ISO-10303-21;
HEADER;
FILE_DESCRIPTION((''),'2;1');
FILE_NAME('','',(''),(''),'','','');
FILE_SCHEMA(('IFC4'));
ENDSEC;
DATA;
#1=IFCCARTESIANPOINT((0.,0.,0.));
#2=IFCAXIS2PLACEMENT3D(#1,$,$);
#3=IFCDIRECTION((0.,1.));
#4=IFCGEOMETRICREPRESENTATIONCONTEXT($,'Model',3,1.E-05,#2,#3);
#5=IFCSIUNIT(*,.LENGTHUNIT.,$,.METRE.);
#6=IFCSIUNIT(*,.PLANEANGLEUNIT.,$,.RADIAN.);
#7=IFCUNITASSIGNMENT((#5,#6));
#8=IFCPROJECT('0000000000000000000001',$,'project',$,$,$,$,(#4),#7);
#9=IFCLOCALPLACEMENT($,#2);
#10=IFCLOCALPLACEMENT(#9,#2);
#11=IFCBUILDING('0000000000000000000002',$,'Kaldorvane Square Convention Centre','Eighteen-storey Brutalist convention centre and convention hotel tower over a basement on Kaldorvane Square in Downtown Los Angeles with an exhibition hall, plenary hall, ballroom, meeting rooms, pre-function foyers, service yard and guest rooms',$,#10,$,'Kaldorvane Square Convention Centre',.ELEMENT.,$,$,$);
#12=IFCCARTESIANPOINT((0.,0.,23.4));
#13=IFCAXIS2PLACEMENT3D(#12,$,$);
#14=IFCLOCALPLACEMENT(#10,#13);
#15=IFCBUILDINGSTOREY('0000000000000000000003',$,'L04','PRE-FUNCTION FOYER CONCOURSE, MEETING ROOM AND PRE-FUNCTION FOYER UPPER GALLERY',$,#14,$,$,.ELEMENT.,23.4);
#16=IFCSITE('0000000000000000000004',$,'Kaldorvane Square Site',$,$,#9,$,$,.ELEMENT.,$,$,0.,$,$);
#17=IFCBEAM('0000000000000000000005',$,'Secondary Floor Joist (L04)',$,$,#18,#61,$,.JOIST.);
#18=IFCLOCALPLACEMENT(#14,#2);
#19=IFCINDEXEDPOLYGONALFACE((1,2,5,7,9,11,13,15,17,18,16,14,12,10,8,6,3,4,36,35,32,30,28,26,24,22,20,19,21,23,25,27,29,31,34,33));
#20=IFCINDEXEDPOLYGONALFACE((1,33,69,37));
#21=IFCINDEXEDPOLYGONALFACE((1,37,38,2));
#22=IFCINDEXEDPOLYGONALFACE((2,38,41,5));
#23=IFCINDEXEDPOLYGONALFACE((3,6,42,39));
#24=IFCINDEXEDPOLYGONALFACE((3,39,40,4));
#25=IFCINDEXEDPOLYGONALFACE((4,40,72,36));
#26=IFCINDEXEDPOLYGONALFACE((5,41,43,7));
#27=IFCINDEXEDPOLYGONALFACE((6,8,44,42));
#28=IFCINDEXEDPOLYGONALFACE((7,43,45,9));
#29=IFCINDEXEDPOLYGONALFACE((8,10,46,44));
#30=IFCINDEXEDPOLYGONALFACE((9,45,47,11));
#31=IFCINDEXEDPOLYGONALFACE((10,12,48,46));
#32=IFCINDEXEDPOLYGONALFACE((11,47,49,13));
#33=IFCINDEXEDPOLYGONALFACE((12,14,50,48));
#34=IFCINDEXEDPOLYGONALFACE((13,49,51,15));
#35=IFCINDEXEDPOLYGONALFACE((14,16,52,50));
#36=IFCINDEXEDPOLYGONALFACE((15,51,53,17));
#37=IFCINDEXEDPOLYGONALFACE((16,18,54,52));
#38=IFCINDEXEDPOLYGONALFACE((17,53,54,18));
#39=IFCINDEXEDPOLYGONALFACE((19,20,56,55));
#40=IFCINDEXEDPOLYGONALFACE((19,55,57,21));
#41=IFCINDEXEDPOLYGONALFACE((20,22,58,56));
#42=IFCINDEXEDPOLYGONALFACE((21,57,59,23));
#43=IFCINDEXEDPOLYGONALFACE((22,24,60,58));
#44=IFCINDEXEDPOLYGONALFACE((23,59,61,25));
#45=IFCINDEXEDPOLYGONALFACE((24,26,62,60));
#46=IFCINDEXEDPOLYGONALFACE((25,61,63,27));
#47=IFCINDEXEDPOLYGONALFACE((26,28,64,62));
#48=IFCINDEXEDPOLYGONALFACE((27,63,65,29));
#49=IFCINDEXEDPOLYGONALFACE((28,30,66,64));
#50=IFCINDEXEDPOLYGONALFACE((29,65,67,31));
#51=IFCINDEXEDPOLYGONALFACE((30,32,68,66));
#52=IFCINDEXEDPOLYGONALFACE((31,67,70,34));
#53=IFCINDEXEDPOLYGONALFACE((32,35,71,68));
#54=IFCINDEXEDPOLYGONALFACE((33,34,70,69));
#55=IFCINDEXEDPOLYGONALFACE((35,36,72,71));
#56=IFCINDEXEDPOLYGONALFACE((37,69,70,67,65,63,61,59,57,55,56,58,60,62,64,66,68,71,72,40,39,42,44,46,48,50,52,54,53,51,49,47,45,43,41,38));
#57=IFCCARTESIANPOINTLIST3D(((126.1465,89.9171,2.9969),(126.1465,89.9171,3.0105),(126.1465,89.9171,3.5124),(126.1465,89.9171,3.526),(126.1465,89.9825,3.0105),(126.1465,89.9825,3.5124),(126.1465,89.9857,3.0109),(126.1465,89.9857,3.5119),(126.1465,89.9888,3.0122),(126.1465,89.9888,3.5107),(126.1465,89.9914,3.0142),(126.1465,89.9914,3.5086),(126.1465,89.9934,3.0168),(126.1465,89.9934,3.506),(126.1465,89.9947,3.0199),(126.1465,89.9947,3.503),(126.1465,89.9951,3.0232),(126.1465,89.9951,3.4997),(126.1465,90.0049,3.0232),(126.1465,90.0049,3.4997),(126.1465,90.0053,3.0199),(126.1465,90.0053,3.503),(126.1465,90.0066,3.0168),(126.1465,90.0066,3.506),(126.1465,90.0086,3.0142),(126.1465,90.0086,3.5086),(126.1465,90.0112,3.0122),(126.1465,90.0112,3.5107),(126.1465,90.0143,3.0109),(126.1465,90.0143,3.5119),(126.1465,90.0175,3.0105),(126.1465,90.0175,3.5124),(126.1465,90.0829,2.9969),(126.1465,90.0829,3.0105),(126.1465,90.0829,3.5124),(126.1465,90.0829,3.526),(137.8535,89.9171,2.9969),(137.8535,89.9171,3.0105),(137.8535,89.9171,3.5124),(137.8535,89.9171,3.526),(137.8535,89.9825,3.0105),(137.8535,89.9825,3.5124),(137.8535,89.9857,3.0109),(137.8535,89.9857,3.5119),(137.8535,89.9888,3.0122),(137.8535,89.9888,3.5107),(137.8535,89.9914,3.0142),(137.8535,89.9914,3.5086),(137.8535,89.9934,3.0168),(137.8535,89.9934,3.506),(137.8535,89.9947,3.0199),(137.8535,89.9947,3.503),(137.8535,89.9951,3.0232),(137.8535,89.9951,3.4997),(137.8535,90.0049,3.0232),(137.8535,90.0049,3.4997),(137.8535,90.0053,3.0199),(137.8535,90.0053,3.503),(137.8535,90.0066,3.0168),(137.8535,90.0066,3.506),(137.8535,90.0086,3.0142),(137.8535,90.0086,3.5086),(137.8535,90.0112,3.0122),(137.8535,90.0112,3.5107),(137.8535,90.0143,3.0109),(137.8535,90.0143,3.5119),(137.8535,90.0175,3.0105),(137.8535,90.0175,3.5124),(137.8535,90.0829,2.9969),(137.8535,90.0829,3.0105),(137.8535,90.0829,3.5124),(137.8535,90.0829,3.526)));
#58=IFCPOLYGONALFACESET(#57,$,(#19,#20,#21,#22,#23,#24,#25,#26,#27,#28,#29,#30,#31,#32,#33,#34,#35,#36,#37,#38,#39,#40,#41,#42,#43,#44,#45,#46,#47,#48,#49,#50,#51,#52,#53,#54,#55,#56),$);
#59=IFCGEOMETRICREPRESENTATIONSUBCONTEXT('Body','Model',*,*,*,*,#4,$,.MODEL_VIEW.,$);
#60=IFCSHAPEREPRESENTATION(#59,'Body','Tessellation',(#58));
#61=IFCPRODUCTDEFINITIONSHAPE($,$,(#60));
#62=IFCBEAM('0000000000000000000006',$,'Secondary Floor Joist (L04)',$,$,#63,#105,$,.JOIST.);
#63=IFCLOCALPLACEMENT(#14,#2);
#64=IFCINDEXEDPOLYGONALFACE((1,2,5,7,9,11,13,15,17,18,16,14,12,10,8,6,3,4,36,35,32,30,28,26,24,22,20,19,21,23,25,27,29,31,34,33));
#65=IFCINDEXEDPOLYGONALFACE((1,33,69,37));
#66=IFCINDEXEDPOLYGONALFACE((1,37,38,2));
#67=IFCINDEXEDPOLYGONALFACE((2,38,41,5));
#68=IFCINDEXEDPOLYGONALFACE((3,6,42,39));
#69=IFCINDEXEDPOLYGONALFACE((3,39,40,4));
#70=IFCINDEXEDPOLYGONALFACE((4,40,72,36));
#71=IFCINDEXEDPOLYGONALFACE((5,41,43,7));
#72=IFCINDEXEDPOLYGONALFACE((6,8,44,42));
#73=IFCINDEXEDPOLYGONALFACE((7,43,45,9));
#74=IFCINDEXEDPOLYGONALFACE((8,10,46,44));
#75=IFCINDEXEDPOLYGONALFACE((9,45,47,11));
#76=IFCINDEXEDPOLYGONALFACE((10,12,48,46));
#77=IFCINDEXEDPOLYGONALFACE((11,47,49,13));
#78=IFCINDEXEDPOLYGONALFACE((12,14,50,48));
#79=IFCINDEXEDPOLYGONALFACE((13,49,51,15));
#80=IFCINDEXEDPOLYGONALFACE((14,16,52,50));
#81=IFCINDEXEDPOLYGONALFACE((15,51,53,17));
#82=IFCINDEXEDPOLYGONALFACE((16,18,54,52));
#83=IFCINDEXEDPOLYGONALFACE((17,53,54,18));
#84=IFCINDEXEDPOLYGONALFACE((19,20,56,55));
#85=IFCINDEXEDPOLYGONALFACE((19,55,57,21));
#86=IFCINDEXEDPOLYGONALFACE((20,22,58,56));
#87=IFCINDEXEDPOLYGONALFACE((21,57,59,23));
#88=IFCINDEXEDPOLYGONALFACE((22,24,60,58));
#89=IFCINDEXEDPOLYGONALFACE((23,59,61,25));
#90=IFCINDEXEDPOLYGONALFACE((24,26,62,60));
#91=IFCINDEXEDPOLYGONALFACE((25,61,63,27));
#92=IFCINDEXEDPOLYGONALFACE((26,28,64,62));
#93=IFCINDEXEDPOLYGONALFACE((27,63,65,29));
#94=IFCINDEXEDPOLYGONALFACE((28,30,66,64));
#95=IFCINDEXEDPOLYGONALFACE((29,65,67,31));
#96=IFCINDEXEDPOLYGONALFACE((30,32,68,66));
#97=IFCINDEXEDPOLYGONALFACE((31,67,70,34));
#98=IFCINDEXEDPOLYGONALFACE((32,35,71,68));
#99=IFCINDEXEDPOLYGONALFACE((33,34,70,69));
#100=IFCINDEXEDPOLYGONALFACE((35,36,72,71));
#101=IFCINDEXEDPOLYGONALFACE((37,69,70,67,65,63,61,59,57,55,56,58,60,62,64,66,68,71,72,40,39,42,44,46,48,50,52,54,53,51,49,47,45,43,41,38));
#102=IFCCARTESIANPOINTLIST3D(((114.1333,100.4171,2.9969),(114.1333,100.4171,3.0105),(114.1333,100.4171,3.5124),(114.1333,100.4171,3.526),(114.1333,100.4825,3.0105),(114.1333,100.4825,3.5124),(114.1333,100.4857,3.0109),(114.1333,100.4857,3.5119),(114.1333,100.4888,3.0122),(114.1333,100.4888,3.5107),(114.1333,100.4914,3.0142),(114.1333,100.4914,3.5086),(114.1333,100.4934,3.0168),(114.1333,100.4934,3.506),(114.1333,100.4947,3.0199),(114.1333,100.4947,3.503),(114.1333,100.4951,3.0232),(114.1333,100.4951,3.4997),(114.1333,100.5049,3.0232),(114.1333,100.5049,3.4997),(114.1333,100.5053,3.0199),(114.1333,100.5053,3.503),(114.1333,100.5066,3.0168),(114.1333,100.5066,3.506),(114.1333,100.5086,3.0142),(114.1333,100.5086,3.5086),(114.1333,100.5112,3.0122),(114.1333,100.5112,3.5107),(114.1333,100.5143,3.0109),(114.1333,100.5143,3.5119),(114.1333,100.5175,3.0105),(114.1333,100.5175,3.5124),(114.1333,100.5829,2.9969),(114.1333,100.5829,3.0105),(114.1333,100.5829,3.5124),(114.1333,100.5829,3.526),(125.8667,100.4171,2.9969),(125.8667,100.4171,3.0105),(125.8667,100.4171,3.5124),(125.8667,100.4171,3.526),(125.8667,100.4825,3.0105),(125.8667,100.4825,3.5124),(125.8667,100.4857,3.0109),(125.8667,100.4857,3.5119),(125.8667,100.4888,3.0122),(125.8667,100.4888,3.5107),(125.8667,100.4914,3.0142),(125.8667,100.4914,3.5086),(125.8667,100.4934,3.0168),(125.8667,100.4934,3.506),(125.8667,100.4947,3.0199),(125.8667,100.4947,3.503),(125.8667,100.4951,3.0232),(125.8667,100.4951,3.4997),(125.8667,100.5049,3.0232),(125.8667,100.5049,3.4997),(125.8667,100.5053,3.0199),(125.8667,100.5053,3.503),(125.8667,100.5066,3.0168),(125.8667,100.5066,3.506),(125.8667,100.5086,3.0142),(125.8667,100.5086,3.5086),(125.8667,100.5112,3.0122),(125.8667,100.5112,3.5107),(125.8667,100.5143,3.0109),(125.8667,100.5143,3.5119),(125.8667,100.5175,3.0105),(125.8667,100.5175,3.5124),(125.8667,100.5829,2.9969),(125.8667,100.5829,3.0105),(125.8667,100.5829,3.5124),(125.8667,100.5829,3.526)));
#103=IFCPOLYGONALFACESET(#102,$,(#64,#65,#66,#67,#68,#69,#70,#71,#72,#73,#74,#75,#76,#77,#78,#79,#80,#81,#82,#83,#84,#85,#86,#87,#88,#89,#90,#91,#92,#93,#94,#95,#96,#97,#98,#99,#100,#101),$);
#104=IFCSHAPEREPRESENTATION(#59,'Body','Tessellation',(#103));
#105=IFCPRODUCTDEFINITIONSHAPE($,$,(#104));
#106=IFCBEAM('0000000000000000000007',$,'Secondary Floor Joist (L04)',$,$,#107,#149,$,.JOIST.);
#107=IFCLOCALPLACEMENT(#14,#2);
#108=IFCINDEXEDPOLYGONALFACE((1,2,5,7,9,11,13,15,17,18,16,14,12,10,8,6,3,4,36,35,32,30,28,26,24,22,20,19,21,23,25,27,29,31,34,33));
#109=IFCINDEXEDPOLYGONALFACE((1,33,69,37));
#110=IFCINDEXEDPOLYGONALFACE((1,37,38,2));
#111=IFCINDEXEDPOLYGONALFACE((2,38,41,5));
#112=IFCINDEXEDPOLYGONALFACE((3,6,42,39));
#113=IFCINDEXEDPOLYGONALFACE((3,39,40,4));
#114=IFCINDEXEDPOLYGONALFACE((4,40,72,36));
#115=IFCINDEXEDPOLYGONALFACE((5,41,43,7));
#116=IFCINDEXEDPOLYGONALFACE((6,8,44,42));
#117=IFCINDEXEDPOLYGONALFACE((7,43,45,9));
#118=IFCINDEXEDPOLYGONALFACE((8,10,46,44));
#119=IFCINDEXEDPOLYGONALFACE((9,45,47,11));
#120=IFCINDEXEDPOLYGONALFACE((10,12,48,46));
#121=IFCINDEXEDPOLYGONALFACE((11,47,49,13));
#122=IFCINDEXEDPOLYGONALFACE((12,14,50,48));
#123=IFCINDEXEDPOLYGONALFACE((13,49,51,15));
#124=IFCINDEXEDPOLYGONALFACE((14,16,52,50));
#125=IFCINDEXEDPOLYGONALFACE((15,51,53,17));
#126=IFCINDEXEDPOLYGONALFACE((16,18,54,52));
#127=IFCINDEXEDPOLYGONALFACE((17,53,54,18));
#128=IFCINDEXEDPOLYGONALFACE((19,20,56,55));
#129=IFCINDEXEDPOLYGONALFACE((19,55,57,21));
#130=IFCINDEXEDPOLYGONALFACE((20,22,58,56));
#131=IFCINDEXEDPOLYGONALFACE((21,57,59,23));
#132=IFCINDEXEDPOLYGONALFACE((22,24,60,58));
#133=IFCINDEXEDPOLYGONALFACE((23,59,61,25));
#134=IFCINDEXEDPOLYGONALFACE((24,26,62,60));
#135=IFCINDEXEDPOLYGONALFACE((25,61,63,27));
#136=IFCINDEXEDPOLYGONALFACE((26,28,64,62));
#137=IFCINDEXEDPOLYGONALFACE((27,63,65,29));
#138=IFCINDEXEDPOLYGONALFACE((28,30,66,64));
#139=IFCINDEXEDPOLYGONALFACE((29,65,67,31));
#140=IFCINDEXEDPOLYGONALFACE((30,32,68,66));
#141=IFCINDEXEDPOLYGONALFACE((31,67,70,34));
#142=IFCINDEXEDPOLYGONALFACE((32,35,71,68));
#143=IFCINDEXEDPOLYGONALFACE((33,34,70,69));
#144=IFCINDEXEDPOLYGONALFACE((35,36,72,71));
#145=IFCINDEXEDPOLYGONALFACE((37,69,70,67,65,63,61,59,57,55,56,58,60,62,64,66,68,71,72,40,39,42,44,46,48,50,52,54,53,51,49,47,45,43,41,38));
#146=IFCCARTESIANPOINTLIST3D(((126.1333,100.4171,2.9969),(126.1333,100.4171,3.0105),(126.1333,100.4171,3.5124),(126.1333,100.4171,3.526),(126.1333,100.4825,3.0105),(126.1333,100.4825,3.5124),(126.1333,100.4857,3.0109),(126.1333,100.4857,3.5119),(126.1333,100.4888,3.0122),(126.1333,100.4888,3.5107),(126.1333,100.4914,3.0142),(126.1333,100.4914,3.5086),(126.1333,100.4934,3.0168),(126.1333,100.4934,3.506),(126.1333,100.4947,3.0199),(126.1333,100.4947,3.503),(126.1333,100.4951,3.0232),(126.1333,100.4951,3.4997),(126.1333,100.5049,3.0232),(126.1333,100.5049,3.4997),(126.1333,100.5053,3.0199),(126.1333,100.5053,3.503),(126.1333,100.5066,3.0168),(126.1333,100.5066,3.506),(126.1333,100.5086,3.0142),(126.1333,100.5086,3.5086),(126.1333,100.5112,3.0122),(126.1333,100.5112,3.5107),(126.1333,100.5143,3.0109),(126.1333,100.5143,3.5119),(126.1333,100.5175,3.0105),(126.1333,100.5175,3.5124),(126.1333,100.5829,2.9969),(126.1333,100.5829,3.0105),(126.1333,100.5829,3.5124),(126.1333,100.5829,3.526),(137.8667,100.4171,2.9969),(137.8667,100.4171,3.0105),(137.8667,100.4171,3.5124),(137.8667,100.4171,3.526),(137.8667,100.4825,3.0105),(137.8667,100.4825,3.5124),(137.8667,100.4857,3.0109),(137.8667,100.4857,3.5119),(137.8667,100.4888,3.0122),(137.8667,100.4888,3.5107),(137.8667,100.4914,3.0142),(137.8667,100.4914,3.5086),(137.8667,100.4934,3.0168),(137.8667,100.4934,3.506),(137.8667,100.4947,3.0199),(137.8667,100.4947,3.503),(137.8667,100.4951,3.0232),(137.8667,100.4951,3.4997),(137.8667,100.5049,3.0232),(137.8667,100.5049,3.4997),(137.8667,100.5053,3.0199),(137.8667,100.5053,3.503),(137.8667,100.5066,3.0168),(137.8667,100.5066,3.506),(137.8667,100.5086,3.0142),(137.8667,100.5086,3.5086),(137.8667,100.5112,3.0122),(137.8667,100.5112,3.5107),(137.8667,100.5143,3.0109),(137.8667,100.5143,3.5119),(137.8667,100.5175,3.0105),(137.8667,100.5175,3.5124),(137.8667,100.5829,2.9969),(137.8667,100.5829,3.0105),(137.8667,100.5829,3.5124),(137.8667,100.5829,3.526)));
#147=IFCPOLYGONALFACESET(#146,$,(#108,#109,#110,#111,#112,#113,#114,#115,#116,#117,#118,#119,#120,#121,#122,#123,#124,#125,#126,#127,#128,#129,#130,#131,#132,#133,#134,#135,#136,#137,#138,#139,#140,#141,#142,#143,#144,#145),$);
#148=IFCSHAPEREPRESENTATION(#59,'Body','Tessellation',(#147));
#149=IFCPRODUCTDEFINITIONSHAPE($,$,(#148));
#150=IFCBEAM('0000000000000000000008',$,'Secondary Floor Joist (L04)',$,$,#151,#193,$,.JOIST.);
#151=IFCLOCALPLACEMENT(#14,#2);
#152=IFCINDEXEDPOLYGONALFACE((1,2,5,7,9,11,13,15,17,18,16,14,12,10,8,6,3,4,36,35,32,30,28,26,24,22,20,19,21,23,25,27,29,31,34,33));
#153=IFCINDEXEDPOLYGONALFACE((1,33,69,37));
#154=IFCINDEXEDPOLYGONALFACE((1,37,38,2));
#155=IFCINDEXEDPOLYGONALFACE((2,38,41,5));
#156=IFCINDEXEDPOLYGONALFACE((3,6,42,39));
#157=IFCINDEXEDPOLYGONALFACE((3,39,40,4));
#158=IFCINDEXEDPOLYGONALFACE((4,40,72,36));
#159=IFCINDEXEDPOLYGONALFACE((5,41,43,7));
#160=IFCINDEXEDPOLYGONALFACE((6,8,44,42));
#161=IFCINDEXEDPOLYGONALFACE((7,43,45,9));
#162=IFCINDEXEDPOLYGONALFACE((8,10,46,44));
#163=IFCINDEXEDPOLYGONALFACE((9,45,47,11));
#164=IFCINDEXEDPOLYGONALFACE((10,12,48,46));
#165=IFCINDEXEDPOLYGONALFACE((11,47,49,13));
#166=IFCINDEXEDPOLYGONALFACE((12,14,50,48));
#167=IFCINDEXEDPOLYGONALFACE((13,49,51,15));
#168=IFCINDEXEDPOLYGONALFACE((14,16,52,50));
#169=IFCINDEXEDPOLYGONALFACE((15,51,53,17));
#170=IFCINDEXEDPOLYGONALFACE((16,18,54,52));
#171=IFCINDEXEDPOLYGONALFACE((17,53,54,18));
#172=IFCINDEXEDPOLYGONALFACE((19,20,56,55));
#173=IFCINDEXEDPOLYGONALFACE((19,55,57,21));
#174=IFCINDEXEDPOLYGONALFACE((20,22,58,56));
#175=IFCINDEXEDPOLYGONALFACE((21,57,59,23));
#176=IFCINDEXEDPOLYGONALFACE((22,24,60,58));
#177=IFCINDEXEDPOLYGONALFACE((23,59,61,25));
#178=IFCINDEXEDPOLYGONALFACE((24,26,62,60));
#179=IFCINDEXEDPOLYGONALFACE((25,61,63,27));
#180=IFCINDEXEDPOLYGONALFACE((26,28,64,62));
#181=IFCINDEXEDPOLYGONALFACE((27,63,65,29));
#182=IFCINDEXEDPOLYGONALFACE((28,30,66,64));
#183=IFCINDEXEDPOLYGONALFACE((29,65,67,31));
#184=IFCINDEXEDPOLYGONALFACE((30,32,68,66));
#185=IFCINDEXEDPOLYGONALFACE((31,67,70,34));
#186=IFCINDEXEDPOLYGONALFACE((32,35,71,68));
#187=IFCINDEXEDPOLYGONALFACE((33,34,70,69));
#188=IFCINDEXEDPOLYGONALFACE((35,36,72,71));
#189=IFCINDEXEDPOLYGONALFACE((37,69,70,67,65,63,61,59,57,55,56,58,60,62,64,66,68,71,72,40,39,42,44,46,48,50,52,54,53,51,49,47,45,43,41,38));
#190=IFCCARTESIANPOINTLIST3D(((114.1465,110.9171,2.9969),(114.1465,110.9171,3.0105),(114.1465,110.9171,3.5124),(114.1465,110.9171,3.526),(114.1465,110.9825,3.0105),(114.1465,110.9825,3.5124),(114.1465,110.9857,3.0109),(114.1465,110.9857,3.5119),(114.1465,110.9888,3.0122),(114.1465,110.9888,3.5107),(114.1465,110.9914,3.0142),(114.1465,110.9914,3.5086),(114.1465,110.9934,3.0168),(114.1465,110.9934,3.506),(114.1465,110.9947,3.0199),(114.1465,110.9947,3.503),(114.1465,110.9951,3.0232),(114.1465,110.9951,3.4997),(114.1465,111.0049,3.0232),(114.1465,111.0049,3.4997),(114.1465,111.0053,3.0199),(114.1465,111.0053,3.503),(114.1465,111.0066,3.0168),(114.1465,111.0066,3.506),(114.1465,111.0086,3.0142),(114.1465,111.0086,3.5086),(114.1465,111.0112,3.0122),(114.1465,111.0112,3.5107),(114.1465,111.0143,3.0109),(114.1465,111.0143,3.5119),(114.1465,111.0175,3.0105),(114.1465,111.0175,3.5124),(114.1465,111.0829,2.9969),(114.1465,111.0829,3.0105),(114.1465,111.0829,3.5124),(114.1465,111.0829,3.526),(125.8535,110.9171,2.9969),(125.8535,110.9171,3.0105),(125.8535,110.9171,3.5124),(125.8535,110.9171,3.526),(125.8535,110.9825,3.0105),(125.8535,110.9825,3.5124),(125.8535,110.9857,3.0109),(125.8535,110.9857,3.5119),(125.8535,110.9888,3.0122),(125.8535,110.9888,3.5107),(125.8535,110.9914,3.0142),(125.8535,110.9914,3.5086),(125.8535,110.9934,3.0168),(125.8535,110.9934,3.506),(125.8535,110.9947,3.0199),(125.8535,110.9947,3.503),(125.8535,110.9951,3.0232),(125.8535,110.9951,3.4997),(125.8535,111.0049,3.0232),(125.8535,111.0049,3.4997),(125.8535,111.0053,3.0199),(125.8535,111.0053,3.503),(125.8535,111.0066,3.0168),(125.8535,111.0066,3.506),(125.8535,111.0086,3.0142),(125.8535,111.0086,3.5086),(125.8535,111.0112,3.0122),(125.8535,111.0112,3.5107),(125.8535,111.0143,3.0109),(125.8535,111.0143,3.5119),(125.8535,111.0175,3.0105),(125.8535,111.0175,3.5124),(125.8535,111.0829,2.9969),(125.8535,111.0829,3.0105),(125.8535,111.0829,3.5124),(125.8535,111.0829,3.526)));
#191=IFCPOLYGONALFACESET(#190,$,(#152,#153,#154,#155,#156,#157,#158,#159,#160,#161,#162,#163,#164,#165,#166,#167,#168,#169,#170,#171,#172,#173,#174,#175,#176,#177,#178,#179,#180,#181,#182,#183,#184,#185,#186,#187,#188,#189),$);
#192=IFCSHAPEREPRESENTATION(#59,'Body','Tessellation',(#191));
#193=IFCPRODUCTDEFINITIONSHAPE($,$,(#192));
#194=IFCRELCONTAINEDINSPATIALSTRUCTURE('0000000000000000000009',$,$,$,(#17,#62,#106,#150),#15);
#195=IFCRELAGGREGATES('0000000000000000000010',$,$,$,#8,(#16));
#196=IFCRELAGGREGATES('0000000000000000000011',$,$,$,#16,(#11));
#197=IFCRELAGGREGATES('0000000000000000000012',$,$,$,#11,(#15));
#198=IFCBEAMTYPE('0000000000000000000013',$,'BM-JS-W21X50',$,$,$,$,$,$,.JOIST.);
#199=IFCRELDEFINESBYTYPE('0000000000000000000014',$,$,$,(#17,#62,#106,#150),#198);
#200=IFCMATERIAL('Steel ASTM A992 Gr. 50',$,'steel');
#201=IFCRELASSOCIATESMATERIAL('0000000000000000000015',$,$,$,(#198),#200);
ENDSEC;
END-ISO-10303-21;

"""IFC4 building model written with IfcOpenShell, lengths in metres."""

from ifc_helpers import new_model, si_unit, direction, frame, origin, origin_2d, place, context, subcontext, project, spatial, i_section, extrude, material, material_profile, profile_set, type_object, element, save


model = new_model("IFC4")

# Units and contexts
model_context = context("Model", 3, precision=1e-05, world=origin(), true_north=direction((0.0, 1.0)))
body_context = subcontext(model_context, "Body", "Model", "MODEL_VIEW")
ifc_project = project(units=[si_unit("LENGTHUNIT", "METRE"), si_unit("PLANEANGLEUNIT", "RADIAN")], contexts=[model_context])

# Site, building, storey
site_placement = place(None, origin())
site = spatial("IfcSite", under=ifc_project, at=site_placement, Name="Kaldorvane Square Site", CompositionType="ELEMENT", RefElevation=0.0)
building_placement = place(site_placement, origin())
building = spatial("IfcBuilding", under=site, at=building_placement, Name="Kaldorvane Square Convention Centre", Description="Eighteen-storey Brutalist convention centre and convention hotel tower over a basement on Kaldorvane Square in Downtown Los Angeles with an exhibition hall, plenary hall, ballroom, meeting rooms, pre-function foyers, service yard and guest rooms", LongName="Kaldorvane Square Convention Centre", CompositionType="ELEMENT")
storey_placement = place(building_placement, frame((0.0, 0.0, 23.4)))
storey = spatial("IfcBuildingStorey", under=building, at=storey_placement, Name="L04", Description="PRE-FUNCTION FOYER CONCOURSE, MEETING ROOM AND PRE-FUNCTION FOYER UPPER GALLERY", CompositionType="ELEMENT", Elevation=23.4)

# Shared definitions
ifc_material_1 = material(Name="Steel ASTM A992 Gr. 50", Category="steel")

# Beams
ifc_material_profile_1 = material_profile(ifc_material_1, i_section(OverallWidth=0.1659, OverallDepth=0.5291, WebThickness=0.0097, FlangeThickness=0.0136, FilletRadius=0.0127, at=origin_2d()), Name="W21X50")
ifc_profile_set_1 = profile_set([ifc_material_profile_1], Name="Steel ASTM A992 Gr. 50")
beam_type_1 = type_object("IfcBeamType", Name="BM-JS-W21X50", PredefinedType="JOIST", material=ifc_profile_set_1)
for number, where, z_axis, x_axis, name in (
    (1, (126.1465, 90.0, 3.2614), (1.0, 0.0, 0.0), (0.0, 1.0, 0.0), "Secondary Floor Joist (L04)"),
):
    element("IfcBeam", number, at=place(storey_placement, frame(where, z_axis=z_axis, x_axis=x_axis)), inside=storey, type_object=beam_type_1, Name=name, PredefinedType="JOIST", context=body_context, shape_type="SweptSolid", body=[
        extrude(i_section(OverallWidth=0.1659, OverallDepth=0.5291, WebThickness=0.0097, FlangeThickness=0.0136, FilletRadius=0.0127, at=origin_2d()), origin(), (0.0, 0.0, 1.0), 11.707),
    ])
for number, where, z_axis, x_axis, name in (
    (2, (114.1333, 100.5, 3.2614), (1.0, 0.0, 0.0), (0.0, 1.0, 0.0), "Secondary Floor Joist (L04)"),
    (3, (126.1333, 100.5, 3.2614), (1.0, 0.0, 0.0), (0.0, 1.0, 0.0), "Secondary Floor Joist (L04)"),
):
    element("IfcBeam", number, at=place(storey_placement, frame(where, z_axis=z_axis, x_axis=x_axis)), inside=storey, type_object=beam_type_1, Name=name, PredefinedType="JOIST", context=body_context, shape_type="SweptSolid", body=[
        extrude(i_section(OverallWidth=0.1659, OverallDepth=0.5291, WebThickness=0.0097, FlangeThickness=0.0136, FilletRadius=0.0127, at=origin_2d()), origin(), (0.0, 0.0, 1.0), 11.7334),
    ])
for number, where, z_axis, x_axis, name in (
    (4, (114.1465, 111.0, 3.2614), (1.0, 0.0, 0.0), (0.0, 1.0, 0.0), "Secondary Floor Joist (L04)"),
):
    element("IfcBeam", number, at=place(storey_placement, frame(where, z_axis=z_axis, x_axis=x_axis)), inside=storey, type_object=beam_type_1, Name=name, PredefinedType="JOIST", context=body_context, shape_type="SweptSolid", body=[
        extrude(i_section(OverallWidth=0.1659, OverallDepth=0.5291, WebThickness=0.0097, FlangeThickness=0.0136, FilletRadius=0.0127, at=origin_2d()), origin(), (0.0, 0.0, 1.0), 11.707),
    ])

save(model, "model.ifc")
